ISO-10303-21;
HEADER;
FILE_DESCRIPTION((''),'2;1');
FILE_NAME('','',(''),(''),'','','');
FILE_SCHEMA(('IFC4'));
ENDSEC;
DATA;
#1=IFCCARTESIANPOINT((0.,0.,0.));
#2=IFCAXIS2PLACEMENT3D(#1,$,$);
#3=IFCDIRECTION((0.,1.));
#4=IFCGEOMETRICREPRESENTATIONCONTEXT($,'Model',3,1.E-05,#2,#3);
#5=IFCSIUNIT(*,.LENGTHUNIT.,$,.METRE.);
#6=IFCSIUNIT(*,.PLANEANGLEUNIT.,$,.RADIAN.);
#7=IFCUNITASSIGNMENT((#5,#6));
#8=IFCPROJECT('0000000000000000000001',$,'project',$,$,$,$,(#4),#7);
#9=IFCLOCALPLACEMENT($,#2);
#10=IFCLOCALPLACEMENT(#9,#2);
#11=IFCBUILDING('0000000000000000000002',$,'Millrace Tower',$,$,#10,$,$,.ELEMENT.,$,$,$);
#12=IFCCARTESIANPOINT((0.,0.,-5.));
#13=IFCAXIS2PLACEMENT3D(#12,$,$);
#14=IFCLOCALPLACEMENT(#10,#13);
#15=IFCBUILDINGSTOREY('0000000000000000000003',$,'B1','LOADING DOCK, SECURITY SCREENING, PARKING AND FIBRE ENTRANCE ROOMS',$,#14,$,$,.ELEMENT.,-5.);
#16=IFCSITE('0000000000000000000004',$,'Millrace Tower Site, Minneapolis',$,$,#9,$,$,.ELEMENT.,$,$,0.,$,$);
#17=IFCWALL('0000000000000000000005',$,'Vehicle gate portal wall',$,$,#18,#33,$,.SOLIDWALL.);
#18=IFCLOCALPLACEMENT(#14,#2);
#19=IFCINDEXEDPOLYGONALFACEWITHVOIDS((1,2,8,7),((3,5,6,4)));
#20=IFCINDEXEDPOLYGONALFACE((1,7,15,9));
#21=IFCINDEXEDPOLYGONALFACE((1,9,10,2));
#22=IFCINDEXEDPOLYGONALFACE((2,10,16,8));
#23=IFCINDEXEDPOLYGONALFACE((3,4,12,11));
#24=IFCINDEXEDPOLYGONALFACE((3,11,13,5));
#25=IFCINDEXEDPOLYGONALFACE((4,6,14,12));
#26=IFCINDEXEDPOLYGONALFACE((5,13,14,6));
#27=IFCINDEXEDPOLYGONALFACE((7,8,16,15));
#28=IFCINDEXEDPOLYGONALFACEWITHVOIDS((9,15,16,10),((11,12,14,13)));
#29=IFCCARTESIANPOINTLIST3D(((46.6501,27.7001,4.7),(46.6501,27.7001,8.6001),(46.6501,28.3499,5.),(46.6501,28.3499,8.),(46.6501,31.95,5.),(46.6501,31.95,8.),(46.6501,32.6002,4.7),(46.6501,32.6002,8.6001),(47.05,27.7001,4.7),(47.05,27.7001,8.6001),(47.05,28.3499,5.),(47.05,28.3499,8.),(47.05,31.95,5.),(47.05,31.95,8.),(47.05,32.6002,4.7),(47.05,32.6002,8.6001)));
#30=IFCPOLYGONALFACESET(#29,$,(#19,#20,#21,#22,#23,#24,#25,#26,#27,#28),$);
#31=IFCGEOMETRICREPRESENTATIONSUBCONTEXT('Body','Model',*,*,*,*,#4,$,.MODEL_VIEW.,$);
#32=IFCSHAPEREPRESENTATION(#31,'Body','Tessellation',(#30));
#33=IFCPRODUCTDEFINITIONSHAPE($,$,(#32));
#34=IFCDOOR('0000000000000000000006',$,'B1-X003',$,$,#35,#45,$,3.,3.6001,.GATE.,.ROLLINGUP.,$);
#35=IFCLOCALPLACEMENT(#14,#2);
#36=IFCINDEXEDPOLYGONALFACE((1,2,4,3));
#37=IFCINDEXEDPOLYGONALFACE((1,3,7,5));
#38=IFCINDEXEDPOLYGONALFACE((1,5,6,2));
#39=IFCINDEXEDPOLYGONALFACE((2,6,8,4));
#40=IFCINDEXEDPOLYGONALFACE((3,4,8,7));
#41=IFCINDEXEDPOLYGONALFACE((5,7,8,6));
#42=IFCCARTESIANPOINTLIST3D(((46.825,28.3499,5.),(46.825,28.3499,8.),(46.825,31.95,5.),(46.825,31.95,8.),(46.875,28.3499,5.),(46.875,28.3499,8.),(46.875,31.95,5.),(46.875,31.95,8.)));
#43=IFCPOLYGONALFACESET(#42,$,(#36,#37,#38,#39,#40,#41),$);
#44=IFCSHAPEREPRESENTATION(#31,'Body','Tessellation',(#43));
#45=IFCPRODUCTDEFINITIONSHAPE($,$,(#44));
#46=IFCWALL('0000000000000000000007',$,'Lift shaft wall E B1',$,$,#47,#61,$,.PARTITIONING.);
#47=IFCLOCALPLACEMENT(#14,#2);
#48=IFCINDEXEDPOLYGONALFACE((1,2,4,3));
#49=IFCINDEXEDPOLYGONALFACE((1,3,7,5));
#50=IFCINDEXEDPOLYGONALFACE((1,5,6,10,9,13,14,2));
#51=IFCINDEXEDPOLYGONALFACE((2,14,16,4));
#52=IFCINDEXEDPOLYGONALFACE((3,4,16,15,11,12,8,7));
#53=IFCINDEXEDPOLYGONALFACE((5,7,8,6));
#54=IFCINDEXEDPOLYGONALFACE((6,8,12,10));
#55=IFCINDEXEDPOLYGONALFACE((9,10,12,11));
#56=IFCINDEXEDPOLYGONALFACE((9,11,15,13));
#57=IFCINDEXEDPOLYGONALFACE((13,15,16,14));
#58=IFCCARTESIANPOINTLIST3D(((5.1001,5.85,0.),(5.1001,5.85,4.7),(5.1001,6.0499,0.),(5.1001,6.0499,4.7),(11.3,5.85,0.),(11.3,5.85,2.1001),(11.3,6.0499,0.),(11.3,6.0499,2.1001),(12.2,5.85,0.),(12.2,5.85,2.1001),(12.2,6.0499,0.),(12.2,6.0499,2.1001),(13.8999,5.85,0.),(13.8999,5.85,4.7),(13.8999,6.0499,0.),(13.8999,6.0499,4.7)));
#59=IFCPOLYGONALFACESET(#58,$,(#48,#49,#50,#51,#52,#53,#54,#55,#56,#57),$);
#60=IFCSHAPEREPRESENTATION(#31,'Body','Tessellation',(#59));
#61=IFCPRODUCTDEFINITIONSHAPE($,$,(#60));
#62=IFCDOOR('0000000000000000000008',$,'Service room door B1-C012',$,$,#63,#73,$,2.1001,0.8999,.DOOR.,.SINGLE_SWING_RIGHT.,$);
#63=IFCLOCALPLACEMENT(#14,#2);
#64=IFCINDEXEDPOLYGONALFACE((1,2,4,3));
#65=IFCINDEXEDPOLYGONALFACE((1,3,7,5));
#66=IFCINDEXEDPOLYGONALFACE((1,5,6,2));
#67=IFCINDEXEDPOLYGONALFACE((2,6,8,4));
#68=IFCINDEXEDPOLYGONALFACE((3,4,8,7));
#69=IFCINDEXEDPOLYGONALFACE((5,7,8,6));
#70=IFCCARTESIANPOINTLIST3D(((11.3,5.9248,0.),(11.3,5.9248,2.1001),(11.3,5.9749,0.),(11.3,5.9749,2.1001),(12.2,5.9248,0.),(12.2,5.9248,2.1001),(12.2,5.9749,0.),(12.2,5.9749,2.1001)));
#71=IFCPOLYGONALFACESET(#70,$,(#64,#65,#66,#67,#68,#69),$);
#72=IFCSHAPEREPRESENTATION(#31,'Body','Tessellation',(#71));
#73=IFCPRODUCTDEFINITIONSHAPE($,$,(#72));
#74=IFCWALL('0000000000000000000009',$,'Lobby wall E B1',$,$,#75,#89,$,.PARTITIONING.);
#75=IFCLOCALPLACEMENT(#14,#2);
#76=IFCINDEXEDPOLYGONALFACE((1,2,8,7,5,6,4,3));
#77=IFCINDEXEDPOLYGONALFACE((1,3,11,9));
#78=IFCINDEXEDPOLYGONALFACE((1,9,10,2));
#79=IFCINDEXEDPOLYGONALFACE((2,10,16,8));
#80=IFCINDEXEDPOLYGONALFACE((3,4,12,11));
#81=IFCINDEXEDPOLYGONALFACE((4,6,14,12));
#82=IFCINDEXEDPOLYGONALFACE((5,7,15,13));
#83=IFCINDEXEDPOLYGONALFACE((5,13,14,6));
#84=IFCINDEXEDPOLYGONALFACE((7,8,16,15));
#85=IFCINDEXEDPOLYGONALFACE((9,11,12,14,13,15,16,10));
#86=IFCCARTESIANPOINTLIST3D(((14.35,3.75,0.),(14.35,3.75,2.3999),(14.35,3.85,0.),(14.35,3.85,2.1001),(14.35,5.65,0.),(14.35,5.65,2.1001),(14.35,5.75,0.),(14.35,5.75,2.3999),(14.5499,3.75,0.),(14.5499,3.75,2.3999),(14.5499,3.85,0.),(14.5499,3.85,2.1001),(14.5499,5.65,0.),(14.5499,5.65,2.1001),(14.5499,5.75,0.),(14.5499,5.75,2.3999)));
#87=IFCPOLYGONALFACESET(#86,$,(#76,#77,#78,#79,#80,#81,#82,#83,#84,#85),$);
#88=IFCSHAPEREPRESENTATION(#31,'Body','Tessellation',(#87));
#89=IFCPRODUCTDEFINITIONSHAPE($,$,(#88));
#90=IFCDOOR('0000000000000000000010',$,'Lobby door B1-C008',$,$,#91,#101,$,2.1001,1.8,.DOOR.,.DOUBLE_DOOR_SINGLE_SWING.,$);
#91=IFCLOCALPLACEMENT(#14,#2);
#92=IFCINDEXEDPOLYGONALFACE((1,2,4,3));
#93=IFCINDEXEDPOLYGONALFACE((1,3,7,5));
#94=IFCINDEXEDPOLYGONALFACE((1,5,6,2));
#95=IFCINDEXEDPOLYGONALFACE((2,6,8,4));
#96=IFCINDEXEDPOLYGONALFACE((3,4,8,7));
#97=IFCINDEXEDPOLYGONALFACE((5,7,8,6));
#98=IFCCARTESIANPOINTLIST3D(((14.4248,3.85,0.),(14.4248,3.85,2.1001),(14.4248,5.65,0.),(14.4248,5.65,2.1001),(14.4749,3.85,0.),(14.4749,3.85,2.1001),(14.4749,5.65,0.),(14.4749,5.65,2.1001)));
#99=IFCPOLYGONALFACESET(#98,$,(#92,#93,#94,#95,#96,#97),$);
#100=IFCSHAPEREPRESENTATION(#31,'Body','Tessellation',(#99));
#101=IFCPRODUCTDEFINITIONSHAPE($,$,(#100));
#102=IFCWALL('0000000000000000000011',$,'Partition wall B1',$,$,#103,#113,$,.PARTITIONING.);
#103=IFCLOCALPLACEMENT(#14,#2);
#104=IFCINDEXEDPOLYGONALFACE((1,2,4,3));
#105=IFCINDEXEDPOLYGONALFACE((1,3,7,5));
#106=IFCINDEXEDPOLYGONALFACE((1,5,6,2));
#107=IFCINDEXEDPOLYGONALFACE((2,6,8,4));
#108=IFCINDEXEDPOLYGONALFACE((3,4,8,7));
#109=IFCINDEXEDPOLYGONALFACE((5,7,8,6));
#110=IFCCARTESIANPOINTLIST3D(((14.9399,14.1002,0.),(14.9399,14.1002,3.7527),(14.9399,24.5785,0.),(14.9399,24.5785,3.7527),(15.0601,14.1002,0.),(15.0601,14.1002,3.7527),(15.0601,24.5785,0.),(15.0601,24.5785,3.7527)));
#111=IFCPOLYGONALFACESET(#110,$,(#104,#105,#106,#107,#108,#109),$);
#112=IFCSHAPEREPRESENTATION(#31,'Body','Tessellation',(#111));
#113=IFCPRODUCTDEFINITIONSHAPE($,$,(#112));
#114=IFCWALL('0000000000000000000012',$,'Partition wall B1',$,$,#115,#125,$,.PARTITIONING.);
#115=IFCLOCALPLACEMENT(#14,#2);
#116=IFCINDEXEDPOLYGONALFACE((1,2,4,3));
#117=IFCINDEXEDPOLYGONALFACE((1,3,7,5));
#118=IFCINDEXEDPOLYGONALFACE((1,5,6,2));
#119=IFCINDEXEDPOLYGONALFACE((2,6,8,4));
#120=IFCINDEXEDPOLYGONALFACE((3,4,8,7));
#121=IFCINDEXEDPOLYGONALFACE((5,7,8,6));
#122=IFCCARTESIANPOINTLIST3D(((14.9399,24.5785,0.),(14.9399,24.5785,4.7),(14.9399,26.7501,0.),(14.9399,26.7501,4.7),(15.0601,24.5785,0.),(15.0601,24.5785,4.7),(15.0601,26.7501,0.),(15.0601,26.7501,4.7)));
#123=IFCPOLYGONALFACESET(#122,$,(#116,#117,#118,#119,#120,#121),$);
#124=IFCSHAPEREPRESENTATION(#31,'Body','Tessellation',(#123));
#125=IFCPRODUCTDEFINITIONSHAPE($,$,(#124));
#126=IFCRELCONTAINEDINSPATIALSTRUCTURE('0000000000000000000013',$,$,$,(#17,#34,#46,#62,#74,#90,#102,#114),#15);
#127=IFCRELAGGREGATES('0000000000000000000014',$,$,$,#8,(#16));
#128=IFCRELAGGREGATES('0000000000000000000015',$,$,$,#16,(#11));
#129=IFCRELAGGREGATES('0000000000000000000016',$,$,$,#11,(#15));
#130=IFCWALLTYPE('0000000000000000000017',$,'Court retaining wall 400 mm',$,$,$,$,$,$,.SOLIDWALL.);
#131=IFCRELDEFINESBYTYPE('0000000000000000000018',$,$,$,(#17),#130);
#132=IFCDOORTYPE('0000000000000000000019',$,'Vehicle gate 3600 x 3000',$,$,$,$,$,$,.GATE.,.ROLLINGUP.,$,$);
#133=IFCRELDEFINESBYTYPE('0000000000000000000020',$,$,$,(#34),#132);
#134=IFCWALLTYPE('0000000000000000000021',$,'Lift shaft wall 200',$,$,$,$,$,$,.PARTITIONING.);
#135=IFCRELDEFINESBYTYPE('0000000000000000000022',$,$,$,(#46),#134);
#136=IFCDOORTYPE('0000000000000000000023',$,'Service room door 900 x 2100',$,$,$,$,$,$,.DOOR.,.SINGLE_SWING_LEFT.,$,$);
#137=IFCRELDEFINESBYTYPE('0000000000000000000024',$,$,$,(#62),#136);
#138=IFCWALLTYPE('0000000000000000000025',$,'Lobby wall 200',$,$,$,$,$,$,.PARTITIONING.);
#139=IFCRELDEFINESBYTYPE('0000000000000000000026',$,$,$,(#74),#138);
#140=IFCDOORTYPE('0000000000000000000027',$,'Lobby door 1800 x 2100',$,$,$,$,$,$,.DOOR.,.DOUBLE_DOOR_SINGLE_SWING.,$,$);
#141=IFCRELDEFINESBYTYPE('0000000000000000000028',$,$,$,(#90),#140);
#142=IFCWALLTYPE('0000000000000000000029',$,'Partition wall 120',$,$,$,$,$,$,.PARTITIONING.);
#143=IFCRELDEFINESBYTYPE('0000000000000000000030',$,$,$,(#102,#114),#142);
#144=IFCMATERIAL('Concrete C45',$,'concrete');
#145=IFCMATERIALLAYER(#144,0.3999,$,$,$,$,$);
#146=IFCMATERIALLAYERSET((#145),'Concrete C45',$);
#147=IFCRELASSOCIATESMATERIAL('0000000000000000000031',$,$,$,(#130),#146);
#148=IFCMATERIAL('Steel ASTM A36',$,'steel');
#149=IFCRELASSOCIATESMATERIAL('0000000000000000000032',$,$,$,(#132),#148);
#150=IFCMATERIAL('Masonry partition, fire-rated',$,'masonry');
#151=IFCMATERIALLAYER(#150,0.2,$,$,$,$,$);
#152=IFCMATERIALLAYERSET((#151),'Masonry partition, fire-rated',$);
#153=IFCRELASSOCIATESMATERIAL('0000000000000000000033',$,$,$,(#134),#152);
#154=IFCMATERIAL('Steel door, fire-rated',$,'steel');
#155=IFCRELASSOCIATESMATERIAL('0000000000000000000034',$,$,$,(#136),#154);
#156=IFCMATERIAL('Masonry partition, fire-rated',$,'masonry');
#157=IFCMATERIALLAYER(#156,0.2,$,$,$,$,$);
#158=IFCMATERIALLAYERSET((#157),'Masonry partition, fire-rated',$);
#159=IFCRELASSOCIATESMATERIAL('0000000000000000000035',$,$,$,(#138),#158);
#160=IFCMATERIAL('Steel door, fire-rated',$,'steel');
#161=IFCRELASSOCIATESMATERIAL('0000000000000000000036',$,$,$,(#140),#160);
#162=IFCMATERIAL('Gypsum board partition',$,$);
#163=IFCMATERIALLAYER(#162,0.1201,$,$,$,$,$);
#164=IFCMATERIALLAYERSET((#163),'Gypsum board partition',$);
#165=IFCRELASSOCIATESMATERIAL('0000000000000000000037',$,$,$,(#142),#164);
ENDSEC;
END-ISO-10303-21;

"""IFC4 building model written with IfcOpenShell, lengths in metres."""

from ifc_helpers import new_model, si_unit, direction, frame, frame_2d, origin, place, context, subcontext, project, spatial, rectangle, extrude, material, layer, layer_set, type_object, element, fill, save


model = new_model("IFC4")

# Units and contexts
model_context = context("Model", 3, precision=1e-05, world=origin(), true_north=direction((0.0, 1.0)))
body_context = subcontext(model_context, "Body", "Model", "MODEL_VIEW")
ifc_project = project(units=[si_unit("LENGTHUNIT", "METRE"), si_unit("PLANEANGLEUNIT", "RADIAN")], contexts=[model_context])

# Site, building, storey
site_placement = place(None, origin())
site = spatial("IfcSite", under=ifc_project, at=site_placement, Name="Millrace Tower Site, Minneapolis", CompositionType="ELEMENT", RefElevation=0.0)
building_placement = place(site_placement, origin())
building = spatial("IfcBuilding", under=site, at=building_placement, Name="Millrace Tower", CompositionType="ELEMENT")
storey_placement = place(building_placement, frame((0.0, 0.0, -5.0)))
storey = spatial("IfcBuildingStorey", under=building, at=storey_placement, Name="B1", Description="LOADING DOCK, SECURITY SCREENING, PARKING AND FIBRE ENTRANCE ROOMS", CompositionType="ELEMENT", Elevation=-5.0)

# Walls, openings, doors
ifc_material_1 = material(Name="Concrete C45", Category="concrete")
ifc_layer_1 = layer(ifc_material_1, 0.3999)
ifc_layer_set_1 = layer_set([ifc_layer_1], Name="Concrete C45")
wall_type_1 = type_object("IfcWallType", Name="Court retaining wall 400 mm", PredefinedType="SOLIDWALL", material=ifc_layer_set_1)
wall_1_placement = place(storey_placement, frame((46.8501, 27.7, 4.7), z_axis=(0.0, 0.0, 1.0), x_axis=(0.0, 1.0, 0.0)))
wall_1 = element("IfcWall", 1, at=wall_1_placement, inside=storey, type_object=wall_type_1, Name="Vehicle gate portal wall", PredefinedType="SOLIDWALL", context=body_context, shape_type="SweptSolid", body=[
    extrude(rectangle(XDim=4.9001, YDim=0.3999, at=frame_2d((2.4502, 0.0))), origin(), (0.0, 0.0, 1.0), 3.9001),
])
opening_1_placement = place(wall_1_placement, frame((0.6499, 0.0, 0.3)))
opening_1 = element("IfcOpeningElement", 2, at=opening_1_placement, cuts=wall_1, PredefinedType="OPENING", context=body_context, shape_type="SweptSolid", body=[
    extrude(rectangle(XDim=3.6001, YDim=3.0, at=frame_2d((1.8, 1.5))), frame((0.0, 0.21, 0.0), z_axis=(0.0, -1.0, 0.0), x_axis=(1.0, 0.0, 0.0)), (0.0, 0.0, 1.0), 0.4199),
])
ifc_material_2 = material(Name="Steel ASTM A36", Category="steel")
door_type_1 = type_object("IfcDoorType", Name="Vehicle gate 3600 x 3000", OperationType="ROLLINGUP", PredefinedType="GATE", material=ifc_material_2)
door_1_placement = place(opening_1_placement, frame((3.6001, 0.0, 0.0), z_axis=(0.0, 0.0, 1.0), x_axis=(-1.0, 0.0, 0.0)))
door_1 = element("IfcDoor", 3, at=door_1_placement, inside=storey, type_object=door_type_1, Name="B1-X003", OperationType="ROLLINGUP", OverallHeight=3.0, OverallWidth=3.6001, PredefinedType="GATE", context=body_context, shape_type="SweptSolid", body=[
    extrude(rectangle(XDim=3.6001, YDim=3.0, at=frame_2d((1.8, 1.5))), frame((0.0, 0.0249, 0.0), z_axis=(0.0, -1.0, 0.0), x_axis=(1.0, 0.0, 0.0)), (0.0, 0.0, 1.0), 0.05),
])
fill(opening_1, door_1)
ifc_material_3 = material(Name="Masonry partition, fire-rated", Category="masonry")
ifc_layer_2 = layer(ifc_material_3, 0.2)
ifc_layer_set_2 = layer_set([ifc_layer_2], Name="Masonry partition, fire-rated")
wall_type_2 = type_object("IfcWallType", Name="Lift shaft wall 200", PredefinedType="PARTITIONING", material=ifc_layer_set_2)
wall_2_placement = place(storey_placement, frame((13.8999, 5.95, 0.0), z_axis=(0.0, 0.0, 1.0), x_axis=(-1.0, 0.0, 0.0)))
wall_2 = element("IfcWall", 4, at=wall_2_placement, inside=storey, type_object=wall_type_2, Name="Lift shaft wall E B1", PredefinedType="PARTITIONING", context=body_context, shape_type="SweptSolid", body=[
    extrude(rectangle(XDim=8.7998, YDim=0.2, at=frame_2d((4.3999, 0.0))), origin(), (0.0, 0.0, 1.0), 4.7),
])
opening_2_placement = place(wall_2_placement, frame((1.7, 0.0, 0.0)))
opening_2 = element("IfcOpeningElement", 5, at=opening_2_placement, cuts=wall_2, PredefinedType="OPENING", context=body_context, shape_type="SweptSolid", body=[
    extrude(rectangle(XDim=0.8999, YDim=2.1001, at=frame_2d((0.45, 1.05))), frame((0.0, 0.1099, 0.0), z_axis=(0.0, -1.0, 0.0), x_axis=(1.0, 0.0, 0.0)), (0.0, 0.0, 1.0), 0.22),
])
ifc_material_4 = material(Name="Steel door, fire-rated", Category="steel")
door_type_2 = type_object("IfcDoorType", Name="Service room door 900 x 2100", OperationType="SINGLE_SWING_LEFT", PredefinedType="DOOR", material=ifc_material_4)
door_2_placement = place(opening_2_placement, frame((0.8999, 0.0, 0.0), z_axis=(0.0, 0.0, 1.0), x_axis=(-1.0, 0.0, 0.0)))
door_2 = element("IfcDoor", 6, at=door_2_placement, inside=storey, type_object=door_type_2, Name="Service room door B1-C012", OperationType="SINGLE_SWING_RIGHT", OverallHeight=2.1001, OverallWidth=0.8999, PredefinedType="DOOR", context=body_context, shape_type="SweptSolid", body=[
    extrude(rectangle(XDim=0.8999, YDim=2.1001, at=frame_2d((0.45, 1.05))), frame((0.0, 0.0249, 0.0), z_axis=(0.0, -1.0, 0.0), x_axis=(1.0, 0.0, 0.0)), (0.0, 0.0, 1.0), 0.05),
])
fill(opening_2, door_2)
ifc_material_5 = material(Name="Masonry partition, fire-rated", Category="masonry")
ifc_layer_3 = layer(ifc_material_5, 0.2)
ifc_layer_set_3 = layer_set([ifc_layer_3], Name="Masonry partition, fire-rated")
wall_type_3 = type_object("IfcWallType", Name="Lobby wall 200", PredefinedType="PARTITIONING", material=ifc_layer_set_3)
wall_3_placement = place(storey_placement, frame((14.45, 5.75, 0.0), z_axis=(0.0, 0.0, 1.0), x_axis=(0.0, -1.0, 0.0)))
wall_3 = element("IfcWall", 7, at=wall_3_placement, inside=storey, type_object=wall_type_3, Name="Lobby wall E B1", PredefinedType="PARTITIONING", context=body_context, shape_type="SweptSolid", body=[
    extrude(rectangle(XDim=2.0, YDim=0.2, at=frame_2d((1.0, 0.0))), origin(), (0.0, 0.0, 1.0), 2.3999),
])
opening_3_placement = place(wall_3_placement, frame((0.1001, 0.0, 0.0)))
opening_3 = element("IfcOpeningElement", 8, at=opening_3_placement, cuts=wall_3, PredefinedType="OPENING", context=body_context, shape_type="SweptSolid", body=[
    extrude(rectangle(XDim=1.8, YDim=2.1001, at=frame_2d((0.8999, 1.05))), frame((0.0, 0.1099, 0.0), z_axis=(0.0, -1.0, 0.0), x_axis=(1.0, 0.0, 0.0)), (0.0, 0.0, 1.0), 0.22),
])
ifc_material_6 = material(Name="Steel door, fire-rated", Category="steel")
door_type_3 = type_object("IfcDoorType", Name="Lobby door 1800 x 2100", OperationType="DOUBLE_DOOR_SINGLE_SWING", PredefinedType="DOOR", material=ifc_material_6)
door_3_placement = place(opening_3_placement, origin())
door_3 = element("IfcDoor", 9, at=door_3_placement, inside=storey, type_object=door_type_3, Name="Lobby door B1-C008", OperationType="DOUBLE_DOOR_SINGLE_SWING", OverallHeight=2.1001, OverallWidth=1.8, PredefinedType="DOOR", context=body_context, shape_type="SweptSolid", body=[
    extrude(rectangle(XDim=1.8, YDim=2.1001, at=frame_2d((0.8999, 1.05))), frame((0.0, 0.0249, 0.0), z_axis=(0.0, -1.0, 0.0), x_axis=(1.0, 0.0, 0.0)), (0.0, 0.0, 1.0), 0.05),
])
fill(opening_3, door_3)

# Walls
ifc_material_7 = material(Name="Gypsum board partition")
ifc_layer_4 = layer(ifc_material_7, 0.1201)
ifc_layer_set_4 = layer_set([ifc_layer_4], Name="Gypsum board partition")
wall_type_4 = type_object("IfcWallType", Name="Partition wall 120", PredefinedType="PARTITIONING", material=ifc_layer_set_4)
wall_4_placement = place(storey_placement, frame((15.0, 14.1001, 0.0), z_axis=(0.0, 0.0, 1.0), x_axis=(0.0, 1.0, 0.0)))
element("IfcWall", 10, at=wall_4_placement, inside=storey, type_object=wall_type_4, Name="Partition wall B1", PredefinedType="PARTITIONING", context=body_context, shape_type="SweptSolid", body=[
    extrude(rectangle(XDim=10.4783, YDim=0.1201, at=frame_2d((5.2393, 0.0))), origin(), (0.0, 0.0, 1.0), 3.7527),
])
wall_5_placement = place(storey_placement, frame((15.0, 24.5784, 0.0), z_axis=(0.0, 0.0, 1.0), x_axis=(0.0, 1.0, 0.0)))
element("IfcWall", 11, at=wall_5_placement, inside=storey, type_object=wall_type_4, Name="Partition wall B1", PredefinedType="PARTITIONING", context=body_context, shape_type="SweptSolid", body=[
    extrude(rectangle(XDim=2.1716, YDim=0.1201, at=frame_2d((1.0859, 0.0))), origin(), (0.0, 0.0, 1.0), 4.7),
])

save(model, "model.ifc")
